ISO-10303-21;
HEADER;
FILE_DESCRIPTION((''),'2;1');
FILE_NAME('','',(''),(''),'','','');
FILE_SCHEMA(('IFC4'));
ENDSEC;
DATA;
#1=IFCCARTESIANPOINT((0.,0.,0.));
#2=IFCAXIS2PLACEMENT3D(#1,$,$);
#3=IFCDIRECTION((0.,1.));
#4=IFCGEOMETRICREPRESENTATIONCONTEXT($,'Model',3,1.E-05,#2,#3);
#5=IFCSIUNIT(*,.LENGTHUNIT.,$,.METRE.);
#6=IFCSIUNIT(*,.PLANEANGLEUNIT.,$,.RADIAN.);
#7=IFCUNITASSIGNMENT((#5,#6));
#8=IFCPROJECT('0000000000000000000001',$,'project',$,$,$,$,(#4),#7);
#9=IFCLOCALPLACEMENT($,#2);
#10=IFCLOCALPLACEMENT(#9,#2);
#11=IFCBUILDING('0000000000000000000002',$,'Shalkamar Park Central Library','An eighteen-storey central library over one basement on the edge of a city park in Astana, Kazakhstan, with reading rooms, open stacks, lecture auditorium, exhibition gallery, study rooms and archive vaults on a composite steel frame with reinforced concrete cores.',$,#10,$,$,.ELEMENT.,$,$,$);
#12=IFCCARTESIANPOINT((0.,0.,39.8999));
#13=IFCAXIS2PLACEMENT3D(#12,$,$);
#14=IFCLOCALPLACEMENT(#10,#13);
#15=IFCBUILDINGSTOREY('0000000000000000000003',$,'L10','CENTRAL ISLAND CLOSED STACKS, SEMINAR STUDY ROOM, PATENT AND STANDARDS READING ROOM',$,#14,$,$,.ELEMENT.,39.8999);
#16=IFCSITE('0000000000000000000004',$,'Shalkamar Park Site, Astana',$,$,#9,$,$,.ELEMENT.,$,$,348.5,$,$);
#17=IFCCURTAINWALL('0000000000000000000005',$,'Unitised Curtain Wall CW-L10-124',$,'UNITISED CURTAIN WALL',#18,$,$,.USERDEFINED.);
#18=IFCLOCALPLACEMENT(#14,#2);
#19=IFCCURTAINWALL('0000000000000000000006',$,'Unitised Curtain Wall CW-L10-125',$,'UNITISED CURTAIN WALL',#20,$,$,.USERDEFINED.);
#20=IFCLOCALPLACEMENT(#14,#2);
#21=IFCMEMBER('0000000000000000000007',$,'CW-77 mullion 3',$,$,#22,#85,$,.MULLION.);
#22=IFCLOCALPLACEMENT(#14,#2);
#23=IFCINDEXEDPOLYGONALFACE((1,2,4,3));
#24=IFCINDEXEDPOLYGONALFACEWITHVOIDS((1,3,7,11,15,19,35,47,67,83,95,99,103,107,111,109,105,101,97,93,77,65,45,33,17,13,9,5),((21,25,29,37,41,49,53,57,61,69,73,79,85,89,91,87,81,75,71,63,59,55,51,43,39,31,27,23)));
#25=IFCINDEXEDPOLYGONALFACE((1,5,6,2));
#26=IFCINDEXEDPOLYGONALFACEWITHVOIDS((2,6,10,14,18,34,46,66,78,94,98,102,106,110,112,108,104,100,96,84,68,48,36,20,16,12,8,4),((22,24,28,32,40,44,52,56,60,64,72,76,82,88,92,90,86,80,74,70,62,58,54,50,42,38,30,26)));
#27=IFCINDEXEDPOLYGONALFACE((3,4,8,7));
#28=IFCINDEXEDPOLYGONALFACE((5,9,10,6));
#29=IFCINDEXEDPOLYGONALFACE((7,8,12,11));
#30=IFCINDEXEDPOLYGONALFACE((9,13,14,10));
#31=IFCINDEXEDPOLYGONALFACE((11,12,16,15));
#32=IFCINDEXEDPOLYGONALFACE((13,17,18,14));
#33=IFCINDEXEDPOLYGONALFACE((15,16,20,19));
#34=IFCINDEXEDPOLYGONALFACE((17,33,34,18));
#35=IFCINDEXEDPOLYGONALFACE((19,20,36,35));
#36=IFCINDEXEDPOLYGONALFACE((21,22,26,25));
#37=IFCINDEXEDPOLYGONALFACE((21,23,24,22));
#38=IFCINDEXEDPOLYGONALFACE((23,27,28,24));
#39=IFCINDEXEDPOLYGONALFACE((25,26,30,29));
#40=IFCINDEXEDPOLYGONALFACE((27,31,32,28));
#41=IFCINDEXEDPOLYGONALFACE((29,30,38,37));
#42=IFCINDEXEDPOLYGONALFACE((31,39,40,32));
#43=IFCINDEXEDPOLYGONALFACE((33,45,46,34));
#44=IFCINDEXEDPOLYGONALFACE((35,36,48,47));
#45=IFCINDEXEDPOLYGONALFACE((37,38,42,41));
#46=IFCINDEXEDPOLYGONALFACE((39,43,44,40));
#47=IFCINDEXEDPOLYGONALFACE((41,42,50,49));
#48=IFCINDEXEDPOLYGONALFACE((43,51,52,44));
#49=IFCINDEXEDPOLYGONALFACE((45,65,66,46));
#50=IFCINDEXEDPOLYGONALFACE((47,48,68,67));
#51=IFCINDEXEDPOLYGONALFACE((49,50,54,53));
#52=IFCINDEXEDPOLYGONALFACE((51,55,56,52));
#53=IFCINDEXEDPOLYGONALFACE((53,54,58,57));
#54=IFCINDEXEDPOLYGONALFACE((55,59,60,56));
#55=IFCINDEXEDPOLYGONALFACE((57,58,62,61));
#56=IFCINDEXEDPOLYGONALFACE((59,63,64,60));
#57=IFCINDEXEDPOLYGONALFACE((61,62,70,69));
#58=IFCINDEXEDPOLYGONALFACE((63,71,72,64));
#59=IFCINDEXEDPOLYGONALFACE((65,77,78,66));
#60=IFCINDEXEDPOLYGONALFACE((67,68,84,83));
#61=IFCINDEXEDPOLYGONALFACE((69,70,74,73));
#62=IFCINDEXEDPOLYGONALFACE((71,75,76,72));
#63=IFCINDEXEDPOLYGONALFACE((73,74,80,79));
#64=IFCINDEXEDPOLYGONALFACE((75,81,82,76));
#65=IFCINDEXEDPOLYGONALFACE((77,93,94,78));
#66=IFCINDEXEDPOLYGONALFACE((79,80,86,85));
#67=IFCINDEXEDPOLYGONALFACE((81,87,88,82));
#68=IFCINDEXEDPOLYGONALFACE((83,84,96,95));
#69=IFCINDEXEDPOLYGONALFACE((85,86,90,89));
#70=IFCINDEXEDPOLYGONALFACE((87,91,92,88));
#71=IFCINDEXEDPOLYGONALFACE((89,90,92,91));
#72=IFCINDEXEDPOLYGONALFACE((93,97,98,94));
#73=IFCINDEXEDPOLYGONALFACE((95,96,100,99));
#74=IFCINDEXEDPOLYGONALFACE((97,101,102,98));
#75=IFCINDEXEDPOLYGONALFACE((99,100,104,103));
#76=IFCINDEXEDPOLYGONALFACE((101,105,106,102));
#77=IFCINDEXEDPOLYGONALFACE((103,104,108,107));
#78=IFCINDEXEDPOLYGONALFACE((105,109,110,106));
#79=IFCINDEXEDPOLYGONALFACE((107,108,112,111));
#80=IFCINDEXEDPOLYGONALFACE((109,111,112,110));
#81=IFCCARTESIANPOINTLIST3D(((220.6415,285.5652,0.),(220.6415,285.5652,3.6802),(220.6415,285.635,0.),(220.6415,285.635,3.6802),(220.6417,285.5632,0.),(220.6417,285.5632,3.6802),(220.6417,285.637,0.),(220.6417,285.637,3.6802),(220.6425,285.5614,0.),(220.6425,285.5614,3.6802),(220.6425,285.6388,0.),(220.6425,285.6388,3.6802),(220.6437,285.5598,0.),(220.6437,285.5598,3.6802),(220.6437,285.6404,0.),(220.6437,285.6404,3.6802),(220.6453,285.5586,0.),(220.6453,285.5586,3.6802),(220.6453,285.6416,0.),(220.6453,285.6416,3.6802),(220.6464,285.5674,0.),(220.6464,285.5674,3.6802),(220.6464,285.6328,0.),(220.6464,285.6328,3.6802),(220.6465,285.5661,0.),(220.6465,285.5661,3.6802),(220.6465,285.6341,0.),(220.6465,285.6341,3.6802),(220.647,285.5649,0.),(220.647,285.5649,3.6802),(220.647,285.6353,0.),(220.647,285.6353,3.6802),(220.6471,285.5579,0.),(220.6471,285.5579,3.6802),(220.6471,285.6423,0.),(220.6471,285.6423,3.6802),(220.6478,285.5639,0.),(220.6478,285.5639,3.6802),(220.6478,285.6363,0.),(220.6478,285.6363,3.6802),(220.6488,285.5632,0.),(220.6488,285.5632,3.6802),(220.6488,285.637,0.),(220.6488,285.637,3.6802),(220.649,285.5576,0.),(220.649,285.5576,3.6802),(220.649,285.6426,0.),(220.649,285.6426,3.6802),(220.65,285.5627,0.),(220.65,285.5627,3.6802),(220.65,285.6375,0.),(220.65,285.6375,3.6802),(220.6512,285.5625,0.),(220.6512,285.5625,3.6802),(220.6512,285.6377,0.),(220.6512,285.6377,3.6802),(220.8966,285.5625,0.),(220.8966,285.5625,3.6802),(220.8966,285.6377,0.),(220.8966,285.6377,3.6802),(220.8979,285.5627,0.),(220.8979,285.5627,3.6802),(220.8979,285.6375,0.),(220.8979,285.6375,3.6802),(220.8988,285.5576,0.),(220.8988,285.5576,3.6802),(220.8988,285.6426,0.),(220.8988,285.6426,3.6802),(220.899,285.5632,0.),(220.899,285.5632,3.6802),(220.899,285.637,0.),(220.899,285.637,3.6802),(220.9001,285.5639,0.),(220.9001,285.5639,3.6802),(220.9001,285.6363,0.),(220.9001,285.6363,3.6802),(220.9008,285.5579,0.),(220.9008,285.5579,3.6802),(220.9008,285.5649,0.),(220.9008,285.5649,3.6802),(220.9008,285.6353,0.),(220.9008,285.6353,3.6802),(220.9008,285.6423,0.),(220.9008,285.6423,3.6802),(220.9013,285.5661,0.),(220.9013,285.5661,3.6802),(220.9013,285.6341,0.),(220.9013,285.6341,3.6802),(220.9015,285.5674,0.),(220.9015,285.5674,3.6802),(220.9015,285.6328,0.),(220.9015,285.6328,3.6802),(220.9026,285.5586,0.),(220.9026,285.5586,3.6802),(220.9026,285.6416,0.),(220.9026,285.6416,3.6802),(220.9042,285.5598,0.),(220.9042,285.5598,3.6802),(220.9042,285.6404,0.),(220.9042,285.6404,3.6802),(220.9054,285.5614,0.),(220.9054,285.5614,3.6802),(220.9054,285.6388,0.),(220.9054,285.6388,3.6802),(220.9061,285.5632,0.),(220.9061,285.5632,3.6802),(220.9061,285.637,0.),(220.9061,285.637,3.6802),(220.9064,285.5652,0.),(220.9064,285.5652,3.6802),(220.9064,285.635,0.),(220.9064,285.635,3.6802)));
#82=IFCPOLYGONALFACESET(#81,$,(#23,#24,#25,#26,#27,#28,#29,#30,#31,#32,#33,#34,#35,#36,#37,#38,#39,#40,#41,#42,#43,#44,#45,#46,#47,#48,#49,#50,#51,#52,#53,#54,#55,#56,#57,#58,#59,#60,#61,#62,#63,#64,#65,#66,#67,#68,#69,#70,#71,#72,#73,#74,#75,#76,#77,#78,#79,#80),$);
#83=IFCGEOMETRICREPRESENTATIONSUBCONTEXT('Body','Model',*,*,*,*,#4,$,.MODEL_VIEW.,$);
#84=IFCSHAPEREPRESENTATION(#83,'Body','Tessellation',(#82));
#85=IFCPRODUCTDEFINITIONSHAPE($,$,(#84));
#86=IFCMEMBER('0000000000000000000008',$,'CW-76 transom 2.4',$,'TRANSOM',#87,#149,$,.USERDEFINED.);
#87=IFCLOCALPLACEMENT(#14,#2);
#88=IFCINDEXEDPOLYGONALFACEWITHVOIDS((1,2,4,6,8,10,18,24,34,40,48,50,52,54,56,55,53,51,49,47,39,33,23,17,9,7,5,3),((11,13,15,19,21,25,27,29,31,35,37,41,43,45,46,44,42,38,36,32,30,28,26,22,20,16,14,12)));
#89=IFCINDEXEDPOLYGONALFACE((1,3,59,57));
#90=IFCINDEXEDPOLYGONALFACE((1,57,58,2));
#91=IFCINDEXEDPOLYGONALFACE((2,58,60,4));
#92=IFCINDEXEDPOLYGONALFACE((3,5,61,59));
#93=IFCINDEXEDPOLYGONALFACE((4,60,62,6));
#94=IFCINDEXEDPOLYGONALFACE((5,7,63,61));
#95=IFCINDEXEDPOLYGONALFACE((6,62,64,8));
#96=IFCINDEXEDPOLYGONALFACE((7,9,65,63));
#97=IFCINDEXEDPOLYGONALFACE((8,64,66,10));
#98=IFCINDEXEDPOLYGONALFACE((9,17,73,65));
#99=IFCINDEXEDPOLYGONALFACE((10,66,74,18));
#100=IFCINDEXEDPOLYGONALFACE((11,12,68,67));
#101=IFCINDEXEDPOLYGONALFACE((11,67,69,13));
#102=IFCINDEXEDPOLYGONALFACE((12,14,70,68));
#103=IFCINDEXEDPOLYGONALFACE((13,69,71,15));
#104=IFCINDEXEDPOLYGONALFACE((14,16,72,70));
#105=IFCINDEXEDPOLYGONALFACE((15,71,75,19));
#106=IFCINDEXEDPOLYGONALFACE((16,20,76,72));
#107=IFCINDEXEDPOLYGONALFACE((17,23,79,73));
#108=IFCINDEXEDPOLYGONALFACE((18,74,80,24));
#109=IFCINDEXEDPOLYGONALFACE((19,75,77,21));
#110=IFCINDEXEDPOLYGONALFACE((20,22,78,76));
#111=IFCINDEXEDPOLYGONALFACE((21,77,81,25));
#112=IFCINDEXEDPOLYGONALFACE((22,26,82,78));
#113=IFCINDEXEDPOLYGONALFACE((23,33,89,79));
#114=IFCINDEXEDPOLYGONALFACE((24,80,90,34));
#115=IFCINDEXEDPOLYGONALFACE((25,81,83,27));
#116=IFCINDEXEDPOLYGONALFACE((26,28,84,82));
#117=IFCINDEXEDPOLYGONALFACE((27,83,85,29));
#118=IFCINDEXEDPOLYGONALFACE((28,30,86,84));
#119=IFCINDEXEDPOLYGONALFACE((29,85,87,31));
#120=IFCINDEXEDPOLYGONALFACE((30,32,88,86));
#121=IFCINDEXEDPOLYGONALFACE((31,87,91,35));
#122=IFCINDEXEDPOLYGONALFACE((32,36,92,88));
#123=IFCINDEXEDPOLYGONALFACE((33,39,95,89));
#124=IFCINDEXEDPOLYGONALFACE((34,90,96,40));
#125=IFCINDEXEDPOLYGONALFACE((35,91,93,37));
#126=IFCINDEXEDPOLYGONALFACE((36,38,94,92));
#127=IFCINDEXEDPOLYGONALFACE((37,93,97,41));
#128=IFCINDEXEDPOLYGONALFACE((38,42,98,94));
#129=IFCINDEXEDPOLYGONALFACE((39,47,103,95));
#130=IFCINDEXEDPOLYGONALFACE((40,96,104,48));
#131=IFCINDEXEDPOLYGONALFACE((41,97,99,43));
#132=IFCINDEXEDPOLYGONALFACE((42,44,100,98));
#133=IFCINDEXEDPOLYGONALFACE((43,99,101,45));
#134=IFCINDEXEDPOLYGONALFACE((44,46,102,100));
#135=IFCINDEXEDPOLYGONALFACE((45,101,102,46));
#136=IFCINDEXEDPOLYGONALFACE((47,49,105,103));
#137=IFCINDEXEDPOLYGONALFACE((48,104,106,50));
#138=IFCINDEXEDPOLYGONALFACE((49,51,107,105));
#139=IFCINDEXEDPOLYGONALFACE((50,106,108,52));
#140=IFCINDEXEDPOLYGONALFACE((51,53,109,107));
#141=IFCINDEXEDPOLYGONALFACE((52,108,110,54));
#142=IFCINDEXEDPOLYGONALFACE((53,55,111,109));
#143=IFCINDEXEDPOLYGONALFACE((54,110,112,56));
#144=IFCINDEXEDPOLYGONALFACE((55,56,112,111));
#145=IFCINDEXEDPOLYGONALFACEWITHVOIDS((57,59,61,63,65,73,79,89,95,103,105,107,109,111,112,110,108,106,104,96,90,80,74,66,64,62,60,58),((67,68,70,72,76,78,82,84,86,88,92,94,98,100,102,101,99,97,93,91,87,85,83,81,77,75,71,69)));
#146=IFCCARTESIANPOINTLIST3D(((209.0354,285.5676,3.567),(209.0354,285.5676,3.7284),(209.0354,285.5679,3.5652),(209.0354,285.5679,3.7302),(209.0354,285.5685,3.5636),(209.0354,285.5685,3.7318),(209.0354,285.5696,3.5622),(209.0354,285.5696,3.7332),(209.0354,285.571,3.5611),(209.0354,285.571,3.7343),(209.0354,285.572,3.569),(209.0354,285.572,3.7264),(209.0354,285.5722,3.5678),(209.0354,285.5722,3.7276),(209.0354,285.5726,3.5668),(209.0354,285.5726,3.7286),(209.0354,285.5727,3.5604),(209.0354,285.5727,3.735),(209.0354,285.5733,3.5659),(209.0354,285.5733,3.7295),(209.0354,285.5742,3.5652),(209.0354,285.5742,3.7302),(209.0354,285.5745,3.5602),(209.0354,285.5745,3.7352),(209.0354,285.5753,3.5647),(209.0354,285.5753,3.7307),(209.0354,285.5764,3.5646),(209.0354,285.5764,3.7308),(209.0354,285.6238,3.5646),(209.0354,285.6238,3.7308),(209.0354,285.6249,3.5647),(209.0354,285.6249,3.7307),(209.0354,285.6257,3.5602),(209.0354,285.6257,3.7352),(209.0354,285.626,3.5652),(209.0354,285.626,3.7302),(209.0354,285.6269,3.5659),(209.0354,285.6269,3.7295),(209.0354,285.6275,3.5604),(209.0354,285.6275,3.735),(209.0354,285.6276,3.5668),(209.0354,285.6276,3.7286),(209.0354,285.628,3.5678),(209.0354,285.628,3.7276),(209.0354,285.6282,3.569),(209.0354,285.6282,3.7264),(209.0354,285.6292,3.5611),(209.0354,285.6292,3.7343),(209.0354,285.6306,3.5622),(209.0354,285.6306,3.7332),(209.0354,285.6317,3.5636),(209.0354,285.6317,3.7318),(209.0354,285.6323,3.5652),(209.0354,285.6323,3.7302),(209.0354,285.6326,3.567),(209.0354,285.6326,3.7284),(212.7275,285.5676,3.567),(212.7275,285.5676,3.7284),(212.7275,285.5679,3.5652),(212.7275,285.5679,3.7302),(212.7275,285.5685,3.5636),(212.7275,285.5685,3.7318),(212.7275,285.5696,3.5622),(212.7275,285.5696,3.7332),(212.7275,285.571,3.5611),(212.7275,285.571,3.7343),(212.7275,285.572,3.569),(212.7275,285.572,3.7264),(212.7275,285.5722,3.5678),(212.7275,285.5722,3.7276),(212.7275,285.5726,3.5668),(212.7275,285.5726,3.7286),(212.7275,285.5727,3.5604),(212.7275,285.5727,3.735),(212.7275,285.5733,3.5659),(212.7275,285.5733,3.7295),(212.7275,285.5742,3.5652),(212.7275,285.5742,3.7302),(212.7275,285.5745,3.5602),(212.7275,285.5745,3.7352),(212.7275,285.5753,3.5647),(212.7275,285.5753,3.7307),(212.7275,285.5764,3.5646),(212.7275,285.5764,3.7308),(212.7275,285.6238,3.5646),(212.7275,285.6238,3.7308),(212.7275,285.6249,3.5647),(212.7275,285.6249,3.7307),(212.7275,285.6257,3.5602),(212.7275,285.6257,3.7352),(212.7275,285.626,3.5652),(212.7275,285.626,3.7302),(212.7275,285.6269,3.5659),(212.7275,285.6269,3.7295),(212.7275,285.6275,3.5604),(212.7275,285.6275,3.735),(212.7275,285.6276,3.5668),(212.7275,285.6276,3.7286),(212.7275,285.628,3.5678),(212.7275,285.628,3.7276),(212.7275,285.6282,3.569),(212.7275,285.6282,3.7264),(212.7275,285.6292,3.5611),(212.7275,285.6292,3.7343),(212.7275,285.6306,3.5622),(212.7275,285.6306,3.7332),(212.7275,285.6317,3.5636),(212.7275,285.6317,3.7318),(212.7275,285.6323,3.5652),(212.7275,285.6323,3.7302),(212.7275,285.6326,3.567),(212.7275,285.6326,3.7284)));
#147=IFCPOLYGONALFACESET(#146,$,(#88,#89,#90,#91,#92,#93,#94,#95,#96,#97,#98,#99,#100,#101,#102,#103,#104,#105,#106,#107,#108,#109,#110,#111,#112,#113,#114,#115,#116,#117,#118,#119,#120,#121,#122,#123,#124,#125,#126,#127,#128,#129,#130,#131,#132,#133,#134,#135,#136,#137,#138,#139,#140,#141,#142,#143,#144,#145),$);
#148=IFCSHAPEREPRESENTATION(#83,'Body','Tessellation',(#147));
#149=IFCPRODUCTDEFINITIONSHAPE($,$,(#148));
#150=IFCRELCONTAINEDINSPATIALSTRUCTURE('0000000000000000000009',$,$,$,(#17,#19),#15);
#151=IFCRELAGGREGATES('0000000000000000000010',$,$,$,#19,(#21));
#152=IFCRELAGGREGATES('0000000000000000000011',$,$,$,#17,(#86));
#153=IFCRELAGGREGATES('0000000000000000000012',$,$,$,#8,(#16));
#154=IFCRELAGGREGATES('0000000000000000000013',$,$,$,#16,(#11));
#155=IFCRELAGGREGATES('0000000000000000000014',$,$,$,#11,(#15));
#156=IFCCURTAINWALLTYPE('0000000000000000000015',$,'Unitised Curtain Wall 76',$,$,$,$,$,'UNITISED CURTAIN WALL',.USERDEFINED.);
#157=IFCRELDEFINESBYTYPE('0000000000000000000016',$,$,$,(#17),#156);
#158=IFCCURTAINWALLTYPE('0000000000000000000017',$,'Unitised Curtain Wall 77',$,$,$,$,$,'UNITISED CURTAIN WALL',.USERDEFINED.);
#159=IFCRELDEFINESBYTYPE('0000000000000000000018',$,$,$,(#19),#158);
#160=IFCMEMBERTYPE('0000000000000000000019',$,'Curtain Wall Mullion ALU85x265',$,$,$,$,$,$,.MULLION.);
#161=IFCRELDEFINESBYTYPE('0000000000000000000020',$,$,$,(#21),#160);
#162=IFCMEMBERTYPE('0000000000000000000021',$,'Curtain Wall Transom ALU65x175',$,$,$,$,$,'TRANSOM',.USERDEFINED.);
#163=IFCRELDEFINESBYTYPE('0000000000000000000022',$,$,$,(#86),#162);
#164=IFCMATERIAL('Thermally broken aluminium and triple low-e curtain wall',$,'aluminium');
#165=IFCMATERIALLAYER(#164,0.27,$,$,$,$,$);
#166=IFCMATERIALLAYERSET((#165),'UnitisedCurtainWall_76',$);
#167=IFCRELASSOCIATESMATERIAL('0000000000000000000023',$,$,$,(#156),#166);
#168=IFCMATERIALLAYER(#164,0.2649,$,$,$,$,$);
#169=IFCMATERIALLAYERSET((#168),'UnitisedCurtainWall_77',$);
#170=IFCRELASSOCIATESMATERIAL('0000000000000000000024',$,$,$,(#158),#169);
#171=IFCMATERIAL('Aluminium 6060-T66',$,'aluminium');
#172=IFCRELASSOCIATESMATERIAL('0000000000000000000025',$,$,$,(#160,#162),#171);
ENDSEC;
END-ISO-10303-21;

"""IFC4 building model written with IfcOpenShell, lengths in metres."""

from ifc_helpers import new_model, si_unit, direction, frame, origin, origin_2d, place, context, subcontext, project, spatial, hollow_rectangle, extrude, material, layer, layer_set, material_profile, profile_set, type_object, element, aggregate, save


model = new_model("IFC4")

# Units and contexts
model_context = context("Model", 3, precision=1e-05, world=origin(), true_north=direction((0.0, 1.0)))
body_context = subcontext(model_context, "Body", "Model", "MODEL_VIEW")
ifc_project = project(units=[si_unit("LENGTHUNIT", "METRE"), si_unit("PLANEANGLEUNIT", "RADIAN")], contexts=[model_context])

# Site, building, storey
site_placement = place(None, origin())
site = spatial("IfcSite", under=ifc_project, at=site_placement, Name="Shalkamar Park Site, Astana", CompositionType="ELEMENT", RefElevation=348.5)
building_placement = place(site_placement, origin())
building = spatial("IfcBuilding", under=site, at=building_placement, Name="Shalkamar Park Central Library", Description="An eighteen-storey central library over one basement on the edge of a city park in Astana, Kazakhstan, with reading rooms, open stacks, lecture auditorium, exhibition gallery, study rooms and archive vaults on a composite steel frame with reinforced concrete cores.", CompositionType="ELEMENT")
storey_placement = place(building_placement, frame((0.0, 0.0, 39.8999)))
storey = spatial("IfcBuildingStorey", under=building, at=storey_placement, Name="L10", Description="CENTRAL ISLAND CLOSED STACKS, SEMINAR STUDY ROOM, PATENT AND STANDARDS READING ROOM", CompositionType="ELEMENT", Elevation=39.8999)

# Curtain wall
ifc_material_1 = material(Name="Thermally broken aluminium and triple low-e curtain wall", Category="aluminium")
ifc_layer_1 = layer(ifc_material_1, 0.27)
ifc_layer_set_1 = layer_set([ifc_layer_1], Name="UnitisedCurtainWall_76")
curtain_wall_type_1 = type_object("IfcCurtainWallType", Name="Unitised Curtain Wall 76", ElementType="UNITISED CURTAIN WALL", PredefinedType="USERDEFINED", material=ifc_layer_set_1)
curtain_wall_1_placement = place(storey_placement, origin())
curtain_wall_1 = element("IfcCurtainWall", 1, at=curtain_wall_1_placement, inside=storey, type_object=curtain_wall_type_1, Name="Unitised Curtain Wall CW-L10-124", ObjectType="UNITISED CURTAIN WALL", PredefinedType="USERDEFINED")
ifc_material_2 = material(Name="Aluminium 6060-T66", Category="aluminium")

# Curtain wall, member
ifc_layer_2 = layer(ifc_material_1, 0.2649)
ifc_layer_set_2 = layer_set([ifc_layer_2], Name="UnitisedCurtainWall_77")
curtain_wall_type_2 = type_object("IfcCurtainWallType", Name="Unitised Curtain Wall 77", ElementType="UNITISED CURTAIN WALL", PredefinedType="USERDEFINED", material=ifc_layer_set_2)
curtain_wall_2_placement = place(storey_placement, origin())
curtain_wall_2 = element("IfcCurtainWall", 2, at=curtain_wall_2_placement, inside=storey, type_object=curtain_wall_type_2, Name="Unitised Curtain Wall CW-L10-125", ObjectType="UNITISED CURTAIN WALL", PredefinedType="USERDEFINED")
ifc_material_profile_1 = material_profile(ifc_material_2, hollow_rectangle(XDim=0.085, YDim=0.2649, WallThickness=0.0049, InnerFilletRadius=0.0049, OuterFilletRadius=0.0076, at=origin_2d()), Name="ALU 85x265x5")
ifc_profile_set_1 = profile_set([ifc_material_profile_1], Name="Aluminium 6060-T66")
member_type_1 = type_object("IfcMemberType", Name="Curtain Wall Mullion ALU85x265", PredefinedType="MULLION", material=ifc_profile_set_1)
member_1_placement = place(storey_placement, frame((220.7739, 285.6001, 0.0), z_axis=(0.0, 0.0, 1.0), x_axis=(0.0, 1.0, 0.0)))
member_1 = element("IfcMember", 3, at=member_1_placement, type_object=member_type_1, Name="CW-77 mullion 3", PredefinedType="MULLION", context=body_context, shape_type="SweptSolid", body=[
    extrude(hollow_rectangle(XDim=0.085, YDim=0.2649, WallThickness=0.0049, InnerFilletRadius=0.0049, OuterFilletRadius=0.0076, at=origin_2d()), origin(), (0.0, 0.0, 1.0), 3.6802),
])

# Member
ifc_material_profile_2 = material_profile(ifc_material_2, hollow_rectangle(XDim=0.0649, YDim=0.175, WallThickness=0.0044, InnerFilletRadius=0.0044, OuterFilletRadius=0.0068, at=origin_2d()), Name="ALU 65x175x4.5")
ifc_profile_set_2 = profile_set([ifc_material_profile_2], Name="Aluminium 6060-T66")
member_type_2 = type_object("IfcMemberType", Name="Curtain Wall Transom ALU65x175", ElementType="TRANSOM", PredefinedType="USERDEFINED", material=ifc_profile_set_2)
member_2_placement = place(storey_placement, frame((209.0354, 285.6001, 3.6477), z_axis=(1.0, 0.0, 0.0), x_axis=(0.0, 1.0, 0.0)))
member_2 = element("IfcMember", 4, at=member_2_placement, type_object=member_type_2, Name="CW-76 transom 2.4", ObjectType="TRANSOM", PredefinedType="USERDEFINED", context=body_context, shape_type="SweptSolid", body=[
    extrude(hollow_rectangle(XDim=0.0649, YDim=0.175, WallThickness=0.0044, InnerFilletRadius=0.0044, OuterFilletRadius=0.0068, at=origin_2d()), origin(), (0.0, 0.0, 1.0), 3.6921),
])

aggregate(curtain_wall_2, [member_1])
aggregate(curtain_wall_1, [member_2])

save(model, "model.ifc")
